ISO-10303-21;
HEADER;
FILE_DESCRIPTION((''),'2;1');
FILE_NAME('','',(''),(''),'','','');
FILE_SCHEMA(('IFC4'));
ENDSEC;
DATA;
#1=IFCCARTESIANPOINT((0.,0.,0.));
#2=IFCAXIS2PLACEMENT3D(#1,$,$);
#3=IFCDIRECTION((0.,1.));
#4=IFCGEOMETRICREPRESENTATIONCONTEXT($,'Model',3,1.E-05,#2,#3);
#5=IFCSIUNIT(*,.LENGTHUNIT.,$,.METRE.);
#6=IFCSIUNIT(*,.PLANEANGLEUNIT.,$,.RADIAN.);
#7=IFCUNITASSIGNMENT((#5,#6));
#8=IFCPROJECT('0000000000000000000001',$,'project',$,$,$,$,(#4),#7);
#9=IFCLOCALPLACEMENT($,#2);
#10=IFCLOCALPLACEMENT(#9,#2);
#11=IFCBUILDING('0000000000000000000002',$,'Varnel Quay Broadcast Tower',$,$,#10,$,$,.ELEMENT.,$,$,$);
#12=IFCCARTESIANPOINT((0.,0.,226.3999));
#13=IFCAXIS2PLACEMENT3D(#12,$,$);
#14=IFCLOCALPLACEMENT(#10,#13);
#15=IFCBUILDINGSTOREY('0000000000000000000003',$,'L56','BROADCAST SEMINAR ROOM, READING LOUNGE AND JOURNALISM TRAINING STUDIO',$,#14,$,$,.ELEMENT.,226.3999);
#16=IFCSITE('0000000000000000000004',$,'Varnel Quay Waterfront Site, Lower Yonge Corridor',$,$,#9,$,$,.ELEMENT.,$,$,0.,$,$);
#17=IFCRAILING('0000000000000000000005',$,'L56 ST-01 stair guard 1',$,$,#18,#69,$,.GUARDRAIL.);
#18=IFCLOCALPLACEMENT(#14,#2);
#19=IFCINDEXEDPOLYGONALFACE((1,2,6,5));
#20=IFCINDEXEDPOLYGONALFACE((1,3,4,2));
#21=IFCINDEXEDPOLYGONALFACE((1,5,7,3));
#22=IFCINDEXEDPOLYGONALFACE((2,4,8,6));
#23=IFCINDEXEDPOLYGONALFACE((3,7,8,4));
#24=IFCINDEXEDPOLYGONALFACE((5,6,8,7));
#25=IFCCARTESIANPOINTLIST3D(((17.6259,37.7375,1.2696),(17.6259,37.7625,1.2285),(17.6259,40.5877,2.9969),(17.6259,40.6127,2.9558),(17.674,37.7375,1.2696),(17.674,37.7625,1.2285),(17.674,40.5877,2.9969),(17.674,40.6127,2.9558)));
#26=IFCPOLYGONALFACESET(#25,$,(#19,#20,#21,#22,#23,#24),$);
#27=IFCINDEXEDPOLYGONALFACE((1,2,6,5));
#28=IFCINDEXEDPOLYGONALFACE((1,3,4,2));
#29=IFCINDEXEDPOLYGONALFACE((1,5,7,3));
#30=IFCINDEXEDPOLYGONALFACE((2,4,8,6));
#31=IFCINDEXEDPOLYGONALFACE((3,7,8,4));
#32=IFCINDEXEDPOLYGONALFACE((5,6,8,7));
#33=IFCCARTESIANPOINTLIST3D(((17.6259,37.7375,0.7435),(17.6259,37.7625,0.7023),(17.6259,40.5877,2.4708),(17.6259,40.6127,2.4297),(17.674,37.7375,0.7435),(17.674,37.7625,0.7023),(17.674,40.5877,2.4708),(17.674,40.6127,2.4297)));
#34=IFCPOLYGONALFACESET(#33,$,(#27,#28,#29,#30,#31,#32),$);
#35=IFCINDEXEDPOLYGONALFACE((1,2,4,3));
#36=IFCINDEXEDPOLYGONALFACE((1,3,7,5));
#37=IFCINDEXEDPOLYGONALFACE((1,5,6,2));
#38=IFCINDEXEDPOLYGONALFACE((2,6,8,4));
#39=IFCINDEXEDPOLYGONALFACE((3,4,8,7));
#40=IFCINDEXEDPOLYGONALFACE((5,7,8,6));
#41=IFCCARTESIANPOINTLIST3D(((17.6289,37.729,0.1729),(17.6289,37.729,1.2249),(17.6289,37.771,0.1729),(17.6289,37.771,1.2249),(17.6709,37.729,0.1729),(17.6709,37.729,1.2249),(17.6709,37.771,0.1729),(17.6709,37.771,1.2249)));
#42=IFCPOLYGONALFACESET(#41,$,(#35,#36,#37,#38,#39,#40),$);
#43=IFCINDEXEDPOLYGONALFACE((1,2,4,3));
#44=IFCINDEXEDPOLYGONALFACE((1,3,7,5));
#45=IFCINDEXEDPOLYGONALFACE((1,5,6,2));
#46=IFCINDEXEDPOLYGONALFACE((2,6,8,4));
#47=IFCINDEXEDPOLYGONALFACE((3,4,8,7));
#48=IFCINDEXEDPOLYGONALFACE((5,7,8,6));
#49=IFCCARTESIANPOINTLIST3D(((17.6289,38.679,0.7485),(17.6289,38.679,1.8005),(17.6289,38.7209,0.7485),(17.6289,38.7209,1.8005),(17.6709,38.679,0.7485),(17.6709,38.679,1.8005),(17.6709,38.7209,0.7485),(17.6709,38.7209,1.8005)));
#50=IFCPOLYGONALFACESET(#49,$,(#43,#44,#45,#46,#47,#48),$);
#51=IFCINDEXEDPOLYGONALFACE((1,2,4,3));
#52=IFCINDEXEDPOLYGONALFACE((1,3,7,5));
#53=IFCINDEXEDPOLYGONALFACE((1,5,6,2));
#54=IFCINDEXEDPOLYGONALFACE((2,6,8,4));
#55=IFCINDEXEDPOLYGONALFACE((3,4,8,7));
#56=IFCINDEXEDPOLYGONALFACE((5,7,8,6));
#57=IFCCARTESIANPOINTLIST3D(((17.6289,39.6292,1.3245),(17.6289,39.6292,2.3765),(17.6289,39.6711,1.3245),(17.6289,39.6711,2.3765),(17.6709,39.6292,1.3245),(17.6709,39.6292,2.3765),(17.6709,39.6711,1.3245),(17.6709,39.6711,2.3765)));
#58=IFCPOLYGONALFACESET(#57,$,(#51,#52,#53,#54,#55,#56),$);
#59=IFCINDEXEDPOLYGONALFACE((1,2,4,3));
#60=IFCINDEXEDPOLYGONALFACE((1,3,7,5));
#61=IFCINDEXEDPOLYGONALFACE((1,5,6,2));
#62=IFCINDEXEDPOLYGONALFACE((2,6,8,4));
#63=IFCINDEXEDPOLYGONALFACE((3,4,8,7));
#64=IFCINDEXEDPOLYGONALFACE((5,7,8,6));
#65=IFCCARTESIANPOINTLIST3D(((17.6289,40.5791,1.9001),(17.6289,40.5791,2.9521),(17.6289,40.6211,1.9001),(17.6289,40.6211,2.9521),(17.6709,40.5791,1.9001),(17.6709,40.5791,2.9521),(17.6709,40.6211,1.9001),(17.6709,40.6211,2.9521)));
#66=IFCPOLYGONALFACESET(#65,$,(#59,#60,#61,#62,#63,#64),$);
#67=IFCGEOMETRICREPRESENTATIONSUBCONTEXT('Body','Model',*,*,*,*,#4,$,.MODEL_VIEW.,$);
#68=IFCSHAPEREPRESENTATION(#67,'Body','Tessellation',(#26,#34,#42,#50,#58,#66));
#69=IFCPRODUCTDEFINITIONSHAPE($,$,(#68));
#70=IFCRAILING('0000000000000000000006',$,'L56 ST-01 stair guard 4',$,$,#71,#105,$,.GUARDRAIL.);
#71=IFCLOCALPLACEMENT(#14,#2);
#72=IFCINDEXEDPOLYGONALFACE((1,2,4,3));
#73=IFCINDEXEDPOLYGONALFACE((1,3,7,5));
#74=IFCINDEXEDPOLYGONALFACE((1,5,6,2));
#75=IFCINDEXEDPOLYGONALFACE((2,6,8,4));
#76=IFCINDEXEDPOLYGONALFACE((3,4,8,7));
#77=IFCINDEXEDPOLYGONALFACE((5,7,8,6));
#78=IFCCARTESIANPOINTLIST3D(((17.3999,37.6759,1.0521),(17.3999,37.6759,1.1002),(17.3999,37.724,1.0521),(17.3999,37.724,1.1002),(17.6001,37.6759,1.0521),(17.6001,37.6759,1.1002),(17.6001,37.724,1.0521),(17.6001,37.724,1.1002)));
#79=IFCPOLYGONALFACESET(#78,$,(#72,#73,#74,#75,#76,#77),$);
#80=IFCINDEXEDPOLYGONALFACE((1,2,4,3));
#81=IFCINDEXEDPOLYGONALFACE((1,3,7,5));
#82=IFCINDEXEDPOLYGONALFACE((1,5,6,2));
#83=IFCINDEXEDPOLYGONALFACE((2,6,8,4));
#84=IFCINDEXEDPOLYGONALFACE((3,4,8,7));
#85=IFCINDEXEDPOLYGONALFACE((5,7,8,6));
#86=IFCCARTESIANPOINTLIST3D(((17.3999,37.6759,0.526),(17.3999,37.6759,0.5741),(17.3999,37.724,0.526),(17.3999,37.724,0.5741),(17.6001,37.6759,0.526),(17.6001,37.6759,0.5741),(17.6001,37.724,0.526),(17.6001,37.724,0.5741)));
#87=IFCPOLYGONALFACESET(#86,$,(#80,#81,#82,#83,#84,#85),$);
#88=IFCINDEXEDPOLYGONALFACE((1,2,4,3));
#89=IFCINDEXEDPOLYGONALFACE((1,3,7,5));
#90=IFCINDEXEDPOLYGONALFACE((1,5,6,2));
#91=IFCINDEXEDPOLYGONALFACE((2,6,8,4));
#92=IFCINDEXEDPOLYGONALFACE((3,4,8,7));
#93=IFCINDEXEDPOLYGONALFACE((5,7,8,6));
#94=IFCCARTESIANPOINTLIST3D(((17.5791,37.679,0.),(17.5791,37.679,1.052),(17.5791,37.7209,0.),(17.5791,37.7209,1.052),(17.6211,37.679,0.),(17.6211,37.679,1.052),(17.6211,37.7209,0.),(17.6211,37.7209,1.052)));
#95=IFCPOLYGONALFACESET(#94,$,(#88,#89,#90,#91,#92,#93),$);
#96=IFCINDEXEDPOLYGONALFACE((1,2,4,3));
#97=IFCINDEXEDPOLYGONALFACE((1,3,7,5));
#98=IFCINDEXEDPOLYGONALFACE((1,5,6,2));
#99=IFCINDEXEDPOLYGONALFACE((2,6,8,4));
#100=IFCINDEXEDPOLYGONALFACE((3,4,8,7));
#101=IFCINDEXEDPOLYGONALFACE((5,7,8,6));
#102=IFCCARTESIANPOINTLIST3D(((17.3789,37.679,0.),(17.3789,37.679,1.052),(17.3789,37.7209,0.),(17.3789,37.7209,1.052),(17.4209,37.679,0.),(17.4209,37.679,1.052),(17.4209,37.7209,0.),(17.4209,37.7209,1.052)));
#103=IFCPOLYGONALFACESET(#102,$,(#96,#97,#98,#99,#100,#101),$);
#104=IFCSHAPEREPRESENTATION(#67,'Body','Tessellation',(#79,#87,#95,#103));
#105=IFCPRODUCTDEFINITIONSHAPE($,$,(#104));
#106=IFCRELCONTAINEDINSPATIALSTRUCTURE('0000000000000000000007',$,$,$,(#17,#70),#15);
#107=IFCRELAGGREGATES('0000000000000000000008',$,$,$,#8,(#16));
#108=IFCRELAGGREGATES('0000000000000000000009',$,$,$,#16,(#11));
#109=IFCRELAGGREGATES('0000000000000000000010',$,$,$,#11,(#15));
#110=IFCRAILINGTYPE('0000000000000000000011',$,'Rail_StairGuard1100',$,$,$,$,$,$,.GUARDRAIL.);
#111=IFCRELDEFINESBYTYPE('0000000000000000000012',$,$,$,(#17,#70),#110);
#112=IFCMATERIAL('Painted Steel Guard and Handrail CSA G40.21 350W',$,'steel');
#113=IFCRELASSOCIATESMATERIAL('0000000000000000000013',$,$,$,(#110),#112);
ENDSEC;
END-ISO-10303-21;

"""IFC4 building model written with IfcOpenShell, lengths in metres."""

from ifc_helpers import new_model, si_unit, direction, frame, origin, origin_2d, place, context, subcontext, project, spatial, rectangle, extrude, material, type_object, element, save


model = new_model("IFC4")

# Units and contexts
model_context = context("Model", 3, precision=1e-05, world=origin(), true_north=direction((0.0, 1.0)))
body_context = subcontext(model_context, "Body", "Model", "MODEL_VIEW")
ifc_project = project(units=[si_unit("LENGTHUNIT", "METRE"), si_unit("PLANEANGLEUNIT", "RADIAN")], contexts=[model_context])

# Site, building, storey
site_placement = place(None, origin())
site = spatial("IfcSite", under=ifc_project, at=site_placement, Name="Varnel Quay Waterfront Site, Lower Yonge Corridor", CompositionType="ELEMENT", RefElevation=0.0)
building_placement = place(site_placement, origin())
building = spatial("IfcBuilding", under=site, at=building_placement, Name="Varnel Quay Broadcast Tower", CompositionType="ELEMENT")
storey_placement = place(building_placement, frame((0.0, 0.0, 226.3999)))
storey = spatial("IfcBuildingStorey", under=building, at=storey_placement, Name="L56", Description="BROADCAST SEMINAR ROOM, READING LOUNGE AND JOURNALISM TRAINING STUDIO", CompositionType="ELEMENT", Elevation=226.3999)

# Railings
ifc_material_1 = material(Name="Painted Steel Guard and Handrail CSA G40.21 350W", Category="steel")
railing_type = type_object("IfcRailingType", Name="Rail_StairGuard1100", PredefinedType="GUARDRAIL", material=ifc_material_1)
railing_1_placement = place(storey_placement, frame((17.6499, 37.75, 0.1729)))
element("IfcRailing", 1, at=railing_1_placement, inside=storey, type_object=railing_type, Name="L56 ST-01 stair guard 1", PredefinedType="GUARDRAIL", context=body_context, shape_type="SweptSolid", body=[
    extrude(rectangle(XDim=0.0481, YDim=0.0481, at=origin_2d()), frame((0.0, 0.0, 1.0762), z_axis=(0.0, 0.855203, 0.518294), x_axis=(-1.0, 0.0, 0.0)), (0.0, 0.0, 1.0), 3.3328),
    extrude(rectangle(XDim=0.0481, YDim=0.0481, at=origin_2d()), frame((0.0, 0.0, 0.55), z_axis=(0.0, 0.855203, 0.518294), x_axis=(-1.0, 0.0, 0.0)), (0.0, 0.0, 1.0), 3.3328),
    extrude(rectangle(XDim=0.042, YDim=0.042, at=origin_2d()), origin(), (0.0, 0.0, 1.0), 1.052),
    extrude(rectangle(XDim=0.042, YDim=0.042, at=origin_2d()), frame((0.0, 0.95, 0.5757)), (0.0, 0.0, 1.0), 1.052),
    extrude(rectangle(XDim=0.042, YDim=0.042, at=origin_2d()), frame((0.0, 1.9001, 1.1516)), (0.0, 0.0, 1.0), 1.052),
    extrude(rectangle(XDim=0.042, YDim=0.042, at=origin_2d()), frame((0.0, 2.8501, 1.7273)), (0.0, 0.0, 1.0), 1.052),
])
railing_2_placement = place(storey_placement, frame((17.6001, 37.7, 0.0)))
element("IfcRailing", 2, at=railing_2_placement, inside=storey, type_object=railing_type, Name="L56 ST-01 stair guard 4", PredefinedType="GUARDRAIL", context=body_context, shape_type="SweptSolid", body=[
    extrude(rectangle(XDim=0.0481, YDim=0.0481, at=origin_2d()), frame((0.0, 0.0, 1.0762), z_axis=(-1.0, 0.0, 0.0), x_axis=(0.0, -1.0, 0.0)), (0.0, 0.0, 1.0), 0.2002),
    extrude(rectangle(XDim=0.0481, YDim=0.0481, at=origin_2d()), frame((0.0, 0.0, 0.55), z_axis=(-1.0, 0.0, 0.0), x_axis=(0.0, -1.0, 0.0)), (0.0, 0.0, 1.0), 0.2002),
    extrude(rectangle(XDim=0.042, YDim=0.042, at=origin_2d()), origin(), (0.0, 0.0, 1.0), 1.052),
    extrude(rectangle(XDim=0.042, YDim=0.042, at=origin_2d()), frame((-0.2002, 0.0, 0.0)), (0.0, 0.0, 1.0), 1.052),
])

save(model, "model.ifc")
